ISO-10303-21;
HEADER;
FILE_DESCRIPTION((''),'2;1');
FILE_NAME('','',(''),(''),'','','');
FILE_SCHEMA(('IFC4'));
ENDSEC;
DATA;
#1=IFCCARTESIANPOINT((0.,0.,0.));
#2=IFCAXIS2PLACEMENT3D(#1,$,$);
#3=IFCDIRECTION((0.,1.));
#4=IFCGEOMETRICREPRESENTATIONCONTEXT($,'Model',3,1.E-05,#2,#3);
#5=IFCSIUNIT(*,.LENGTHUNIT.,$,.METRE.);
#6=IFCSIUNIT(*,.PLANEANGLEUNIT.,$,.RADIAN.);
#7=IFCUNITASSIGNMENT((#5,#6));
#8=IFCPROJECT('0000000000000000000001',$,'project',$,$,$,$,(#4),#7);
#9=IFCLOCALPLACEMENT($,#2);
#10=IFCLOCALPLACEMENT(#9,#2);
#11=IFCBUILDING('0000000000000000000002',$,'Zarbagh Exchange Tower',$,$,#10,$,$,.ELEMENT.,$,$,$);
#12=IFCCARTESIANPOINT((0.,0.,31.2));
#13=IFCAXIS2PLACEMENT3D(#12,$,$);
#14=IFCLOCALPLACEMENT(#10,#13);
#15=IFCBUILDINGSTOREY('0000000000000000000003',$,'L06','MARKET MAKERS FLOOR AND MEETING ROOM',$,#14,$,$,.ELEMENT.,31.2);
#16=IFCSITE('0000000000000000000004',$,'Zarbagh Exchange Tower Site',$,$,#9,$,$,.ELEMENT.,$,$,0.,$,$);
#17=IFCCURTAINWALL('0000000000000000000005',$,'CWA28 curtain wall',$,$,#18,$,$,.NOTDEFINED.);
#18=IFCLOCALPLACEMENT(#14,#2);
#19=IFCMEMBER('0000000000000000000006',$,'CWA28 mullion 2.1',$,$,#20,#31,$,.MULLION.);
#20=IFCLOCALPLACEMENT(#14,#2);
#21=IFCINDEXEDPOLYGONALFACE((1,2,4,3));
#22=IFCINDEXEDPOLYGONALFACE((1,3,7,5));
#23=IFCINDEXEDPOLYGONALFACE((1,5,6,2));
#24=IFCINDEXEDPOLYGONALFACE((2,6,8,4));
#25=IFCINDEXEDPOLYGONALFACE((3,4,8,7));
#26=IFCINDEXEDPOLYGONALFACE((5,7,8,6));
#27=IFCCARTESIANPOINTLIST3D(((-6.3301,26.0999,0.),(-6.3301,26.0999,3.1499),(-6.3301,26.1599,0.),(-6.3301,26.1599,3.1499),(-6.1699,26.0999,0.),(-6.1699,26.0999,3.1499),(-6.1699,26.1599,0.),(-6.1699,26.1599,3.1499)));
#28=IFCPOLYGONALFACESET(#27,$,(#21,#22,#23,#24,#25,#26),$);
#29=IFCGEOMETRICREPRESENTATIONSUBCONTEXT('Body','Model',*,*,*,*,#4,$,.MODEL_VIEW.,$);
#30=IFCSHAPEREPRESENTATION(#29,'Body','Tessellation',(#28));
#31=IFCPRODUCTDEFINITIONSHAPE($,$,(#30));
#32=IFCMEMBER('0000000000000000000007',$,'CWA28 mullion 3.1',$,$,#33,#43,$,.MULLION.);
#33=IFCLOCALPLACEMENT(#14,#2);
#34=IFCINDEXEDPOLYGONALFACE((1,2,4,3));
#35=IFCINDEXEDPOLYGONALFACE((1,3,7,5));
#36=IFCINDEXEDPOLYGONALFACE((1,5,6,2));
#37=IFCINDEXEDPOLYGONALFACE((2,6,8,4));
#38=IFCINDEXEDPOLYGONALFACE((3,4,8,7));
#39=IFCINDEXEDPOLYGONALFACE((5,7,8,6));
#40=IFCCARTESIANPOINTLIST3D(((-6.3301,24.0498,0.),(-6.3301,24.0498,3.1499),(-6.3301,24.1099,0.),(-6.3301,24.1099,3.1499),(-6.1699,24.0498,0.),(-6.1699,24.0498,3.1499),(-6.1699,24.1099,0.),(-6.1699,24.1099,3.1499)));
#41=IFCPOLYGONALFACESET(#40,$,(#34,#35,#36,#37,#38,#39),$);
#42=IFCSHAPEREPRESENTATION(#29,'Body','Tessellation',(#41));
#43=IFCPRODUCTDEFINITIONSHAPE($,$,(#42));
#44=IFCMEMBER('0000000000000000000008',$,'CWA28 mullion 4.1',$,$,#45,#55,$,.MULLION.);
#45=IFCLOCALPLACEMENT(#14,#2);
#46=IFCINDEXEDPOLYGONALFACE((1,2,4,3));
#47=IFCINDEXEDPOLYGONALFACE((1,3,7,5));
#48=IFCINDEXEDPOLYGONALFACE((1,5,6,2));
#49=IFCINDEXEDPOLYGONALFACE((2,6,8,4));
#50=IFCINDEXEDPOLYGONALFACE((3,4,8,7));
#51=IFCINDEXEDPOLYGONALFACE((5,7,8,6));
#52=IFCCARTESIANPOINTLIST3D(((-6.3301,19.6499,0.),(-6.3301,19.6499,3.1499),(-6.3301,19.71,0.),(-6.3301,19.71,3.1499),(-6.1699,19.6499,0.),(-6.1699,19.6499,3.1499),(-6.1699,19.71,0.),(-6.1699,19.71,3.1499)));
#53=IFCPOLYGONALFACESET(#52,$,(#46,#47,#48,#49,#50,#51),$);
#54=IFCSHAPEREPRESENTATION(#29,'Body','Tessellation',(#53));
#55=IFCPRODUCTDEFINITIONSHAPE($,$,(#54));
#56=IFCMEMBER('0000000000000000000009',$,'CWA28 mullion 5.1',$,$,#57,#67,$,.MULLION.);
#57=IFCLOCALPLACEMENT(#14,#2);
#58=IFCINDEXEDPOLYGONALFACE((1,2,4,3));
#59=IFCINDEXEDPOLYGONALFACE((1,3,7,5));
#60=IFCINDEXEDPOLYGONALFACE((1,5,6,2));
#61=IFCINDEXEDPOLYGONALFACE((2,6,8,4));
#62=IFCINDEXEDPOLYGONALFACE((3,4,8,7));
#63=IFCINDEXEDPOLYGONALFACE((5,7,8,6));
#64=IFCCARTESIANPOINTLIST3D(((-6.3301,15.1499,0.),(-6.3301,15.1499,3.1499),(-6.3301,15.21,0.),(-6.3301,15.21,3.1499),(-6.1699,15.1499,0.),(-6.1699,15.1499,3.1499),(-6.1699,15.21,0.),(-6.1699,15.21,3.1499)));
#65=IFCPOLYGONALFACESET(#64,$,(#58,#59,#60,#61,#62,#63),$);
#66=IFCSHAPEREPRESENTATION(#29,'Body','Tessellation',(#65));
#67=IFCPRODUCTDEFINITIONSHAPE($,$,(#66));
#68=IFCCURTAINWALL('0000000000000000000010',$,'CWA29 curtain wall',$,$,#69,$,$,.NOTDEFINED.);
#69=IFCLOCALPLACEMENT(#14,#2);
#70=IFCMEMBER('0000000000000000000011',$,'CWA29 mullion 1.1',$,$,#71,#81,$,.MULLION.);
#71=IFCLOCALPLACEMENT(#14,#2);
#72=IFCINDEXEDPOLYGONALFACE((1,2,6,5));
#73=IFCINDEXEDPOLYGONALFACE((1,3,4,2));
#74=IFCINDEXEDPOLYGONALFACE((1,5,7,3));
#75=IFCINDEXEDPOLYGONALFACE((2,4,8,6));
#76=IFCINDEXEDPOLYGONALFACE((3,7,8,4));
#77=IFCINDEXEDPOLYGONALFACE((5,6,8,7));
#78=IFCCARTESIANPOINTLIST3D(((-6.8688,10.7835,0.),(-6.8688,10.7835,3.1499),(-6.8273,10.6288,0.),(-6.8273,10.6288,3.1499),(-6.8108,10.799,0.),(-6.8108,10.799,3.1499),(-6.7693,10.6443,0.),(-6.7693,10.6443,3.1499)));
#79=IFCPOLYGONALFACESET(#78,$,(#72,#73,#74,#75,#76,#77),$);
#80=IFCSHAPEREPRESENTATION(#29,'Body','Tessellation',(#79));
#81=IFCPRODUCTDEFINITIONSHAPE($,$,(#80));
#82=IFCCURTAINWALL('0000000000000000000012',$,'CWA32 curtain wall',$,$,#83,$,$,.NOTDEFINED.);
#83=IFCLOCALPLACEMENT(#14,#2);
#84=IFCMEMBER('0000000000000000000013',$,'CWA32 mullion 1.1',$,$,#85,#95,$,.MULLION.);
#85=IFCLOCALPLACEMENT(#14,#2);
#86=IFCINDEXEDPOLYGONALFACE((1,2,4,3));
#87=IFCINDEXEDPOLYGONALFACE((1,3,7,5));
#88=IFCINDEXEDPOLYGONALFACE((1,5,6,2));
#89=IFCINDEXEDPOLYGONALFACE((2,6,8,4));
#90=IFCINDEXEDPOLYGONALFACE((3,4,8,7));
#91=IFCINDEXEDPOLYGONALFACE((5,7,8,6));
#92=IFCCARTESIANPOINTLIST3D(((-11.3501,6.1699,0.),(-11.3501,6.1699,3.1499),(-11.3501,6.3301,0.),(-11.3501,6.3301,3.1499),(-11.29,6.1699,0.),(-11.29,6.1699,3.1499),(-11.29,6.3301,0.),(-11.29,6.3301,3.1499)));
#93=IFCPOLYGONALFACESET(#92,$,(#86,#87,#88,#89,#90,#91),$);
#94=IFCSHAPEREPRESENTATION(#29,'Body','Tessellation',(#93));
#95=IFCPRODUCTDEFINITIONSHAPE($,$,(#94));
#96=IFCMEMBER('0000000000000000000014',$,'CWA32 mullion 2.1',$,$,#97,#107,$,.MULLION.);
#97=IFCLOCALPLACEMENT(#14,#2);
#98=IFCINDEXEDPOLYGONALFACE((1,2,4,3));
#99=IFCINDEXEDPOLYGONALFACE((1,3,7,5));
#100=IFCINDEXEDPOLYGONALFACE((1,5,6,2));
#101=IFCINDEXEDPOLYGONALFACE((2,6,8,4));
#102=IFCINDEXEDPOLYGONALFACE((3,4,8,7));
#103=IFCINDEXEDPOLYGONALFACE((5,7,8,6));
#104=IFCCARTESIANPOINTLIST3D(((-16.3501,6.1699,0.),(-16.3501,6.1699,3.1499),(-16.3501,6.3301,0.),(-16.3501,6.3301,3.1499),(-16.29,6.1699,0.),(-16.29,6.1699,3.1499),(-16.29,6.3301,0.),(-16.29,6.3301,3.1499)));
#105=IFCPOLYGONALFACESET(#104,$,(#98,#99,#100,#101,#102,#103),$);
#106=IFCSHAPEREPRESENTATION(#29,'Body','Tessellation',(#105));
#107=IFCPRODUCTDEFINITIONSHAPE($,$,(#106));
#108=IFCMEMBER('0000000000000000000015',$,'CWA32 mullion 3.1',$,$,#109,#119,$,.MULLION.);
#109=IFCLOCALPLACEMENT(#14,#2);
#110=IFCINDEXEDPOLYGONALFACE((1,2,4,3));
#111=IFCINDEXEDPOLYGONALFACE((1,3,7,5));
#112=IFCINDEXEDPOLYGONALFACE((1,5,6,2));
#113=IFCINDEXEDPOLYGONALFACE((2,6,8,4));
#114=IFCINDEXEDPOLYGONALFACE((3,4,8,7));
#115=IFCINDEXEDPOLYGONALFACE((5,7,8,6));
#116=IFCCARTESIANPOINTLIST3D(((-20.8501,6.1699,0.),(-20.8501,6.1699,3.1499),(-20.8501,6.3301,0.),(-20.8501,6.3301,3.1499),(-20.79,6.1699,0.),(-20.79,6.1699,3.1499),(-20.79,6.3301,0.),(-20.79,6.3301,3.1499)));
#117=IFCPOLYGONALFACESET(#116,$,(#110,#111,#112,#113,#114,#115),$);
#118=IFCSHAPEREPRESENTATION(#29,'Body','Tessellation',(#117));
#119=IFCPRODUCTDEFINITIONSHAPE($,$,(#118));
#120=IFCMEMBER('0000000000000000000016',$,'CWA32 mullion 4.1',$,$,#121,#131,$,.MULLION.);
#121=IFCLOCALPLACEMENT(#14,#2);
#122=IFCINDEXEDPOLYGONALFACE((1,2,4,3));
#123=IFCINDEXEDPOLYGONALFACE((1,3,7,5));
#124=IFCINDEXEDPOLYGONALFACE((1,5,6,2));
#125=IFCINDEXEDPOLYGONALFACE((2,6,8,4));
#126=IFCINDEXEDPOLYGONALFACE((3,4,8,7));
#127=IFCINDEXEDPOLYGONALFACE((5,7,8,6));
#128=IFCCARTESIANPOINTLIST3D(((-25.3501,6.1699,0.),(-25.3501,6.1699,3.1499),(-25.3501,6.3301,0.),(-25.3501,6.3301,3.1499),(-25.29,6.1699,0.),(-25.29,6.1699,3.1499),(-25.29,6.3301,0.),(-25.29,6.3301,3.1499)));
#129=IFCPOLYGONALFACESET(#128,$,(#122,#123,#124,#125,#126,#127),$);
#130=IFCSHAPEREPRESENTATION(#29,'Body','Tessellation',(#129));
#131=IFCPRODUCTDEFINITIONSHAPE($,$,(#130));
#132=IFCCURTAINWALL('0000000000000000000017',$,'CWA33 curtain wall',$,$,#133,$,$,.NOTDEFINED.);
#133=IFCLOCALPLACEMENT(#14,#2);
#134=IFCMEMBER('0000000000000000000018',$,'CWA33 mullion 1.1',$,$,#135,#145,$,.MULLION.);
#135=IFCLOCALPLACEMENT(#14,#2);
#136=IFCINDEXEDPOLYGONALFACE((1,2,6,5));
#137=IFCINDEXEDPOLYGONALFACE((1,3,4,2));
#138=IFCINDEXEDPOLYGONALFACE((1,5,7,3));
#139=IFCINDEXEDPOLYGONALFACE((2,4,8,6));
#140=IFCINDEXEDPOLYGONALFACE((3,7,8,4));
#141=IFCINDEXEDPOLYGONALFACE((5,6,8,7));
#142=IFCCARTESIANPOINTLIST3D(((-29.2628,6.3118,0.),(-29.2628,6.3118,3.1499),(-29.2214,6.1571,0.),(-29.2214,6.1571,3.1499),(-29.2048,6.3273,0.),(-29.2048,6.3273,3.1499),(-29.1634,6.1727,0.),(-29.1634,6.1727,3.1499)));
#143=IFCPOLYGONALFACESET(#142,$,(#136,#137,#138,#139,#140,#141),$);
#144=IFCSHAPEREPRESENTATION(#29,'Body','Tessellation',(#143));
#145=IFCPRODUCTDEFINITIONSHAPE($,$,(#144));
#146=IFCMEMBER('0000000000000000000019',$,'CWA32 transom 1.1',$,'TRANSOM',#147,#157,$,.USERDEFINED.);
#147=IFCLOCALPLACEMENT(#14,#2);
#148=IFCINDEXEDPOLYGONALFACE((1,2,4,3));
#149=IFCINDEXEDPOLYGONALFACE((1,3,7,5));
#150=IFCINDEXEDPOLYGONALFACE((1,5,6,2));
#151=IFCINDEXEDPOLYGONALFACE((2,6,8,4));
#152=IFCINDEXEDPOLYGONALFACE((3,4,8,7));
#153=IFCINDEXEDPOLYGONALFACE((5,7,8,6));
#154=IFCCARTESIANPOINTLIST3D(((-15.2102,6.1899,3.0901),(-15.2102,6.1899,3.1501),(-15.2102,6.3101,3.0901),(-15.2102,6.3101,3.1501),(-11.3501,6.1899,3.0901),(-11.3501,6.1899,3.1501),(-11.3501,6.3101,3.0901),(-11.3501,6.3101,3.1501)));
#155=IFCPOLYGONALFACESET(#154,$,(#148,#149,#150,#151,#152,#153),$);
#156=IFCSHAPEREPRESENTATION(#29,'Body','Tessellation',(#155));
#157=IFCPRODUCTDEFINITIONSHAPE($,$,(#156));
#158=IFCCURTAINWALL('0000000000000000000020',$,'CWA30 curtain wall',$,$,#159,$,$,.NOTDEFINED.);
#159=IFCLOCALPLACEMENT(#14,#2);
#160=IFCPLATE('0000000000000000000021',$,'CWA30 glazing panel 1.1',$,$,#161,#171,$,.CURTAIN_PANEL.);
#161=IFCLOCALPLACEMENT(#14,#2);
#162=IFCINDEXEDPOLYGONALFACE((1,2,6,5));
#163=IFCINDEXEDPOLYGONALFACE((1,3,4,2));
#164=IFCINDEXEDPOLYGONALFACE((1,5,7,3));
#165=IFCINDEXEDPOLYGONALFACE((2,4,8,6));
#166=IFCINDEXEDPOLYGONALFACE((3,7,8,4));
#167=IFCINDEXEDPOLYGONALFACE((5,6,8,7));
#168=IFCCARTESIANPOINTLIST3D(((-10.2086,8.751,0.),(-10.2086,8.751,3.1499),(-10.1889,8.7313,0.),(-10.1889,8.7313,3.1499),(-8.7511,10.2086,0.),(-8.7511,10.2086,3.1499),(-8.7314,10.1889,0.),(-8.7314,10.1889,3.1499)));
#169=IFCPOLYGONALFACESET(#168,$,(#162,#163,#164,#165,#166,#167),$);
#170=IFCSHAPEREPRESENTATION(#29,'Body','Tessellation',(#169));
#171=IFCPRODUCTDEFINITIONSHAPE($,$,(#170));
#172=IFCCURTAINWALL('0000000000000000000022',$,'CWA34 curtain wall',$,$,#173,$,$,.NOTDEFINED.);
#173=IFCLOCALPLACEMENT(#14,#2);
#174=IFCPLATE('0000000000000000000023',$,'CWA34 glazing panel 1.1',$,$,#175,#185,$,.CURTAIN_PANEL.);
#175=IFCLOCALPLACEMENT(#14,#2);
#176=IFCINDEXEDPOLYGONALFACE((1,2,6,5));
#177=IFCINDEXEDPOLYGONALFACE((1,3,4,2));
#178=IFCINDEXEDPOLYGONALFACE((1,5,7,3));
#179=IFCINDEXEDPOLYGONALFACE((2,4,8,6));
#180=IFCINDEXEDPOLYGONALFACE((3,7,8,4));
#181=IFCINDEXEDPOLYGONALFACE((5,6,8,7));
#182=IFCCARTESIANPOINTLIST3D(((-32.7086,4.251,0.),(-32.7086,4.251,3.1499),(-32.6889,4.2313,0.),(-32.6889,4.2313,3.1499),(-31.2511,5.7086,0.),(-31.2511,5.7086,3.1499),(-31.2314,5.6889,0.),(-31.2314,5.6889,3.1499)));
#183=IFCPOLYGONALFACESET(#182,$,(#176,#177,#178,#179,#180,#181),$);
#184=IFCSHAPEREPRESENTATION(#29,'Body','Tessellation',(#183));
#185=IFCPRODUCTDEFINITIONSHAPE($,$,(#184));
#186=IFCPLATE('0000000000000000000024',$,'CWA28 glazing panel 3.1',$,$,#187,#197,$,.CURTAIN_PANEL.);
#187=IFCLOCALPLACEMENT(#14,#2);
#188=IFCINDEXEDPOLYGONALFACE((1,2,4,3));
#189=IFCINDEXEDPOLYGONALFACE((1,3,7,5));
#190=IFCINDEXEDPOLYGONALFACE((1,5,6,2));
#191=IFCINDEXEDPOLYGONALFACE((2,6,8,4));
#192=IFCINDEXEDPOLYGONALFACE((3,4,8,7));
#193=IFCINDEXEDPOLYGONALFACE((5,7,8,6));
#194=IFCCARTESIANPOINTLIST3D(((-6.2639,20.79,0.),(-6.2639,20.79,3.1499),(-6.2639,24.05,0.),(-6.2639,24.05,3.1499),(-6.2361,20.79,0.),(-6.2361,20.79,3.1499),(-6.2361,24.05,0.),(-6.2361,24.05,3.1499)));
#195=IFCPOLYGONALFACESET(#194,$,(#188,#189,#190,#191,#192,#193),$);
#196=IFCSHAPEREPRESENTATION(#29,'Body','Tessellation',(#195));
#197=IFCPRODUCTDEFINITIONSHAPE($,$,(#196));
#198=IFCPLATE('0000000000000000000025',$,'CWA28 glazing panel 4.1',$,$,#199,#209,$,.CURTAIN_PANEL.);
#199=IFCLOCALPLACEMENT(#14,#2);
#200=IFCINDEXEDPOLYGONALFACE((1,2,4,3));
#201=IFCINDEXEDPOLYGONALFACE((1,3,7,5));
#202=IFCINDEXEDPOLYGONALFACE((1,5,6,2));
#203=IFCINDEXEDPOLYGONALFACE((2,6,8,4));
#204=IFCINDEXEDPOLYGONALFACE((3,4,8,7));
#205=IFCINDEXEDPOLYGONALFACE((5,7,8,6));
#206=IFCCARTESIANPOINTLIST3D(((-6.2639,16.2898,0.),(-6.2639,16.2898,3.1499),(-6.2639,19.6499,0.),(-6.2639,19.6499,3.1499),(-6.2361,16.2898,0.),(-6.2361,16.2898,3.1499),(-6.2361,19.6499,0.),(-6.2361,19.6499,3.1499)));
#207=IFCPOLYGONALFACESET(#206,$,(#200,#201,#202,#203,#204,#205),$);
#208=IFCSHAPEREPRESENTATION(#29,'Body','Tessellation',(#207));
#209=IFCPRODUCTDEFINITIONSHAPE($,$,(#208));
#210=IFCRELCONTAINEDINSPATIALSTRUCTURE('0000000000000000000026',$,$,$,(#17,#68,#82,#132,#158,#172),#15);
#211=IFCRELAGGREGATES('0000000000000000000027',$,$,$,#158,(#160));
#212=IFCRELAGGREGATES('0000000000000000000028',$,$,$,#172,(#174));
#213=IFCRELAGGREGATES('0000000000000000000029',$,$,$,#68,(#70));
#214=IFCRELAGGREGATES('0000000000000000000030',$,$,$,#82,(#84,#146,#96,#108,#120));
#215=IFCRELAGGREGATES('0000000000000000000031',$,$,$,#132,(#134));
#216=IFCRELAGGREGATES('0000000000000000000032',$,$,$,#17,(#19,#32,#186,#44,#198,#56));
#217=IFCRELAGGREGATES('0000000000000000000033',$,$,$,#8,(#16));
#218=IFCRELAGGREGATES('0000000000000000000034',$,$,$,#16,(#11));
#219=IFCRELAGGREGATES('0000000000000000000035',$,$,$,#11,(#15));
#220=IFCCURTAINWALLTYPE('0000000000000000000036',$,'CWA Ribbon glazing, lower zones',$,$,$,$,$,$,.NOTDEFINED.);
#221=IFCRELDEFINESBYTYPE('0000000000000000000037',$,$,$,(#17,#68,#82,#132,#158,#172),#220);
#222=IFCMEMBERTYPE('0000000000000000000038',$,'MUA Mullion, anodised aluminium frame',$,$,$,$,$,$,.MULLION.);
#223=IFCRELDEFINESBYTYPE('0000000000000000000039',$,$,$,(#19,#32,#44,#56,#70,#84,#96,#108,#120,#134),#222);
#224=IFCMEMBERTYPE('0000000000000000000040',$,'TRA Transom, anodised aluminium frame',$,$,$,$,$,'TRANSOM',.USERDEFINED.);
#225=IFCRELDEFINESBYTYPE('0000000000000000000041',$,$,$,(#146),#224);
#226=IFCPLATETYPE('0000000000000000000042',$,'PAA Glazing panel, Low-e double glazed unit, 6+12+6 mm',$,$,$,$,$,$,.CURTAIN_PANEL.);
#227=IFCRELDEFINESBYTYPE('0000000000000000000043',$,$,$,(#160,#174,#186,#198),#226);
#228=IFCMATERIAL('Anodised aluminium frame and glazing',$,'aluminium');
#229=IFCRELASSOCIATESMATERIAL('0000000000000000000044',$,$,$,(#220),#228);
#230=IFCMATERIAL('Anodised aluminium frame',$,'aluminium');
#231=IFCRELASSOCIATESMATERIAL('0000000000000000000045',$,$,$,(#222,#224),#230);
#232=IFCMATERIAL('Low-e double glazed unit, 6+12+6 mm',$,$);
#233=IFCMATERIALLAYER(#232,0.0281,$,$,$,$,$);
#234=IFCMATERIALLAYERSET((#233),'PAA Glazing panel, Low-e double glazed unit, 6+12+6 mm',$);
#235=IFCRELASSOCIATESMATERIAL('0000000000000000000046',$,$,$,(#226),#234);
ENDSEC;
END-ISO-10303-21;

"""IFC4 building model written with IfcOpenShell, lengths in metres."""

from ifc_helpers import new_model, si_unit, direction, frame, origin, place, context, subcontext, project, spatial, polyline, outline, extrude, source, transform, mapped, material, layer, layer_set, type_object, element, aggregate, save


model = new_model("IFC4")

# Units and contexts
model_context = context("Model", 3, precision=1e-05, world=origin(), true_north=direction((0.0, 1.0)))
body_context = subcontext(model_context, "Body", "Model", "MODEL_VIEW")
ifc_project = project(units=[si_unit("LENGTHUNIT", "METRE"), si_unit("PLANEANGLEUNIT", "RADIAN")], contexts=[model_context])

# Site, building, storey
site_placement = place(None, origin())
site = spatial("IfcSite", under=ifc_project, at=site_placement, Name="Zarbagh Exchange Tower Site", CompositionType="ELEMENT", RefElevation=0.0)
building_placement = place(site_placement, origin())
building = spatial("IfcBuilding", under=site, at=building_placement, Name="Zarbagh Exchange Tower", CompositionType="ELEMENT")
storey_placement = place(building_placement, frame((0.0, 0.0, 31.2)))
storey = spatial("IfcBuildingStorey", under=building, at=storey_placement, Name="L06", Description="MARKET MAKERS FLOOR AND MEETING ROOM", CompositionType="ELEMENT", Elevation=31.2)

# Curtain wall, members
ifc_material_1 = material(Name="Anodised aluminium frame and glazing", Category="aluminium")
curtain_wall_type = type_object("IfcCurtainWallType", Name="CWA Ribbon glazing, lower zones", PredefinedType="NOTDEFINED", material=ifc_material_1)
curtain_wall_1_placement = place(storey_placement, origin())
curtain_wall_1 = element("IfcCurtainWall", 1, at=curtain_wall_1_placement, inside=storey, type_object=curtain_wall_type, Name="CWA28 curtain wall", PredefinedType="NOTDEFINED")
ifc_material_2 = material(Name="Anodised aluminium frame", Category="aluminium")
member_type_1 = type_object("IfcMemberType", Name="MUA Mullion, anodised aluminium frame", PredefinedType="MULLION", material=ifc_material_2)
shared_shape_1 = source(origin(), body_context, "Body", "SweptSolid", [
    extrude(outline(polyline([(0.0, -0.0801), (0.0601, -0.0801), (0.0601, 0.0801), (0.0, 0.0801), (0.0, -0.0801)])), origin(), (0.0, 0.0, 1.0), 3.1499),
])
placement = place(storey_placement, origin())
member_1 = element("IfcMember", 2, at=placement, type_object=member_type_1, Name="CWA28 mullion 2.1", PredefinedType="MULLION", context=body_context, shape_type="MappedRepresentation", body=[
    mapped(shared_shape_1, transform((-6.25, 26.1599, 0.0), x_axis=(0.0, -1.0, 0.0), y_axis=(1.0, 0.0, 0.0), z_axis=(0.0, 0.0, 1.0))),
])
member_2 = element("IfcMember", 3, at=placement, type_object=member_type_1, Name="CWA28 mullion 3.1", PredefinedType="MULLION", context=body_context, shape_type="MappedRepresentation", body=[
    mapped(shared_shape_1, transform((-6.25, 24.1099, 0.0), x_axis=(0.0, -1.0, 0.0), y_axis=(1.0, 0.0, 0.0), z_axis=(0.0, 0.0, 1.0))),
])
member_3 = element("IfcMember", 4, at=placement, type_object=member_type_1, Name="CWA28 mullion 4.1", PredefinedType="MULLION", context=body_context, shape_type="MappedRepresentation", body=[
    mapped(shared_shape_1, transform((-6.25, 19.71, 0.0), x_axis=(0.0, -1.0, 0.0), y_axis=(1.0, 0.0, 0.0), z_axis=(0.0, 0.0, 1.0))),
])
member_4 = element("IfcMember", 5, at=placement, type_object=member_type_1, Name="CWA28 mullion 5.1", PredefinedType="MULLION", context=body_context, shape_type="MappedRepresentation", body=[
    mapped(shared_shape_1, transform((-6.25, 15.21, 0.0), x_axis=(0.0, -1.0, 0.0), y_axis=(1.0, 0.0, 0.0), z_axis=(0.0, 0.0, 1.0))),
])

# Curtain wall, member
curtain_wall_2_placement = place(storey_placement, origin())
curtain_wall_2 = element("IfcCurtainWall", 6, at=curtain_wall_2_placement, inside=storey, type_object=curtain_wall_type, Name="CWA29 curtain wall", PredefinedType="NOTDEFINED")
member_5 = element("IfcMember", 7, at=placement, type_object=member_type_1, Name="CWA29 mullion 1.1", PredefinedType="MULLION", context=body_context, shape_type="MappedRepresentation", body=[
    mapped(shared_shape_1, transform((-6.79, 10.7217, 0.0), x_axis=(-0.965924, -0.258825, 0.0), y_axis=(0.258825, -0.965924, 0.0), z_axis=(0.0, 0.0, 1.0))),
])

# Curtain wall, members
curtain_wall_3_placement = place(storey_placement, origin())
curtain_wall_3 = element("IfcCurtainWall", 8, at=curtain_wall_3_placement, inside=storey, type_object=curtain_wall_type, Name="CWA32 curtain wall", PredefinedType="NOTDEFINED")
member_6 = element("IfcMember", 9, at=placement, type_object=member_type_1, Name="CWA32 mullion 1.1", PredefinedType="MULLION", context=body_context, shape_type="MappedRepresentation", body=[
    mapped(shared_shape_1, transform((-11.29, 6.25, 0.0), x_axis=(-1.0, 0.0, 0.0), y_axis=(0.0, -1.0, 0.0), z_axis=(0.0, 0.0, 1.0))),
])
member_7 = element("IfcMember", 10, at=placement, type_object=member_type_1, Name="CWA32 mullion 2.1", PredefinedType="MULLION", context=body_context, shape_type="MappedRepresentation", body=[
    mapped(shared_shape_1, transform((-16.29, 6.25, 0.0), x_axis=(-1.0, 0.0, 0.0), y_axis=(0.0, -1.0, 0.0), z_axis=(0.0, 0.0, 1.0))),
])
member_8 = element("IfcMember", 11, at=placement, type_object=member_type_1, Name="CWA32 mullion 3.1", PredefinedType="MULLION", context=body_context, shape_type="MappedRepresentation", body=[
    mapped(shared_shape_1, transform((-20.79, 6.25, 0.0), x_axis=(-1.0, 0.0, 0.0), y_axis=(0.0, -1.0, 0.0), z_axis=(0.0, 0.0, 1.0))),
])
member_9 = element("IfcMember", 12, at=placement, type_object=member_type_1, Name="CWA32 mullion 4.1", PredefinedType="MULLION", context=body_context, shape_type="MappedRepresentation", body=[
    mapped(shared_shape_1, transform((-25.29, 6.25, 0.0), x_axis=(-1.0, 0.0, 0.0), y_axis=(0.0, -1.0, 0.0), z_axis=(0.0, 0.0, 1.0))),
])

# Curtain wall, member
curtain_wall_4_placement = place(storey_placement, origin())
curtain_wall_4 = element("IfcCurtainWall", 13, at=curtain_wall_4_placement, inside=storey, type_object=curtain_wall_type, Name="CWA33 curtain wall", PredefinedType="NOTDEFINED")
member_10 = element("IfcMember", 14, at=placement, type_object=member_type_1, Name="CWA33 mullion 1.1", PredefinedType="MULLION", context=body_context, shape_type="MappedRepresentation", body=[
    mapped(shared_shape_1, transform((-29.1841, 6.25, 0.0), x_axis=(-0.965924, -0.258825, 0.0), y_axis=(0.258825, -0.965924, 0.0), z_axis=(0.0, 0.0, 1.0))),
])

# Member
member_type_2 = type_object("IfcMemberType", Name="TRA Transom, anodised aluminium frame", ElementType="TRANSOM", PredefinedType="USERDEFINED", material=ifc_material_2)
shared_shape_2 = source(origin(), body_context, "Body", "SweptSolid", [
    extrude(outline(polyline([(-0.0601, -0.0601), (0.0, -0.0601), (0.0, 0.0601), (-0.0601, 0.0601), (-0.0601, -0.0601)])), origin(), (0.0, 0.0, 1.0), 3.8601),
])
member_11 = element("IfcMember", 15, at=placement, type_object=member_type_2, Name="CWA32 transom 1.1", ObjectType="TRANSOM", PredefinedType="USERDEFINED", context=body_context, shape_type="MappedRepresentation", body=[
    mapped(shared_shape_2, transform((-11.3501, 6.25, 3.1501), x_axis=(0.0, 0.0, 1.0), y_axis=(0.0, 1.0, 0.0), z_axis=(-1.0, 0.0, 0.0))),
])

# Curtain walls, plates
curtain_wall_5_placement = place(storey_placement, origin())
curtain_wall_5 = element("IfcCurtainWall", 16, at=curtain_wall_5_placement, inside=storey, type_object=curtain_wall_type, Name="CWA30 curtain wall", PredefinedType="NOTDEFINED")
ifc_material_3 = material(Name="Low-e double glazed unit, 6+12+6 mm")
ifc_layer = layer(ifc_material_3, 0.0281)
ifc_layer_set = layer_set([ifc_layer], Name="PAA Glazing panel, Low-e double glazed unit, 6+12+6 mm")
plate_type = type_object("IfcPlateType", Name="PAA Glazing panel, Low-e double glazed unit, 6+12+6 mm", PredefinedType="CURTAIN_PANEL", material=ifc_layer_set)
shared_shape_3 = source(origin(), body_context, "Body", "SweptSolid", [
    extrude(outline(polyline([(0.0, -0.0139), (2.0613, -0.0139), (2.0613, 0.0139), (0.0, 0.0139), (0.0, -0.0139)])), origin(), (0.0, 0.0, 1.0), 3.1499),
])
plate_1 = element("IfcPlate", 17, at=placement, type_object=plate_type, Name="CWA30 glazing panel 1.1", PredefinedType="CURTAIN_PANEL", context=body_context, shape_type="MappedRepresentation", body=[
    mapped(shared_shape_3, transform((-8.7412, 10.1987, 0.0), x_axis=(-0.707107, -0.707107, 0.0), y_axis=(0.707107, -0.707107, 0.0), z_axis=(0.0, 0.0, 1.0))),
])
aggregate(curtain_wall_5, [plate_1])
curtain_wall_6_placement = place(storey_placement, origin())
curtain_wall_6 = element("IfcCurtainWall", 18, at=curtain_wall_6_placement, inside=storey, type_object=curtain_wall_type, Name="CWA34 curtain wall", PredefinedType="NOTDEFINED")
plate_2 = element("IfcPlate", 19, at=placement, type_object=plate_type, Name="CWA34 glazing panel 1.1", PredefinedType="CURTAIN_PANEL", context=body_context, shape_type="MappedRepresentation", body=[
    mapped(shared_shape_3, transform((-31.2412, 5.6987, 0.0), x_axis=(-0.707107, -0.707107, 0.0), y_axis=(0.707107, -0.707107, 0.0), z_axis=(0.0, 0.0, 1.0))),
])
aggregate(curtain_wall_6, [plate_2])

# Plates
shared_shape_4 = source(origin(), body_context, "Body", "SweptSolid", [
    extrude(outline(polyline([(0.0, -0.0139), (3.26, -0.0139), (3.26, 0.0139), (0.0, 0.0139), (0.0, -0.0139)])), origin(), (0.0, 0.0, 1.0), 3.1499),
])
plate_3 = element("IfcPlate", 20, at=placement, type_object=plate_type, Name="CWA28 glazing panel 3.1", PredefinedType="CURTAIN_PANEL", context=body_context, shape_type="MappedRepresentation", body=[
    mapped(shared_shape_4, transform((-6.25, 24.05, 0.0), x_axis=(0.0, -1.0, 0.0), y_axis=(1.0, 0.0, 0.0), z_axis=(0.0, 0.0, 1.0))),
])
shared_shape_5 = source(origin(), body_context, "Body", "SweptSolid", [
    extrude(outline(polyline([(0.0, -0.0139), (3.3601, -0.0139), (3.3601, 0.0139), (0.0, 0.0139), (0.0, -0.0139)])), origin(), (0.0, 0.0, 1.0), 3.1499),
])
plate_4 = element("IfcPlate", 21, at=placement, type_object=plate_type, Name="CWA28 glazing panel 4.1", PredefinedType="CURTAIN_PANEL", context=body_context, shape_type="MappedRepresentation", body=[
    mapped(shared_shape_5, transform((-6.25, 19.6499, 0.0), x_axis=(0.0, -1.0, 0.0), y_axis=(1.0, 0.0, 0.0), z_axis=(0.0, 0.0, 1.0))),
])
aggregate(curtain_wall_2, [member_5])

aggregate(curtain_wall_3, [member_6, member_11, member_7, member_8, member_9])
aggregate(curtain_wall_4, [member_10])

aggregate(curtain_wall_1, [member_1, member_2, plate_3, member_3, plate_4, member_4])

save(model, "model.ifc")
